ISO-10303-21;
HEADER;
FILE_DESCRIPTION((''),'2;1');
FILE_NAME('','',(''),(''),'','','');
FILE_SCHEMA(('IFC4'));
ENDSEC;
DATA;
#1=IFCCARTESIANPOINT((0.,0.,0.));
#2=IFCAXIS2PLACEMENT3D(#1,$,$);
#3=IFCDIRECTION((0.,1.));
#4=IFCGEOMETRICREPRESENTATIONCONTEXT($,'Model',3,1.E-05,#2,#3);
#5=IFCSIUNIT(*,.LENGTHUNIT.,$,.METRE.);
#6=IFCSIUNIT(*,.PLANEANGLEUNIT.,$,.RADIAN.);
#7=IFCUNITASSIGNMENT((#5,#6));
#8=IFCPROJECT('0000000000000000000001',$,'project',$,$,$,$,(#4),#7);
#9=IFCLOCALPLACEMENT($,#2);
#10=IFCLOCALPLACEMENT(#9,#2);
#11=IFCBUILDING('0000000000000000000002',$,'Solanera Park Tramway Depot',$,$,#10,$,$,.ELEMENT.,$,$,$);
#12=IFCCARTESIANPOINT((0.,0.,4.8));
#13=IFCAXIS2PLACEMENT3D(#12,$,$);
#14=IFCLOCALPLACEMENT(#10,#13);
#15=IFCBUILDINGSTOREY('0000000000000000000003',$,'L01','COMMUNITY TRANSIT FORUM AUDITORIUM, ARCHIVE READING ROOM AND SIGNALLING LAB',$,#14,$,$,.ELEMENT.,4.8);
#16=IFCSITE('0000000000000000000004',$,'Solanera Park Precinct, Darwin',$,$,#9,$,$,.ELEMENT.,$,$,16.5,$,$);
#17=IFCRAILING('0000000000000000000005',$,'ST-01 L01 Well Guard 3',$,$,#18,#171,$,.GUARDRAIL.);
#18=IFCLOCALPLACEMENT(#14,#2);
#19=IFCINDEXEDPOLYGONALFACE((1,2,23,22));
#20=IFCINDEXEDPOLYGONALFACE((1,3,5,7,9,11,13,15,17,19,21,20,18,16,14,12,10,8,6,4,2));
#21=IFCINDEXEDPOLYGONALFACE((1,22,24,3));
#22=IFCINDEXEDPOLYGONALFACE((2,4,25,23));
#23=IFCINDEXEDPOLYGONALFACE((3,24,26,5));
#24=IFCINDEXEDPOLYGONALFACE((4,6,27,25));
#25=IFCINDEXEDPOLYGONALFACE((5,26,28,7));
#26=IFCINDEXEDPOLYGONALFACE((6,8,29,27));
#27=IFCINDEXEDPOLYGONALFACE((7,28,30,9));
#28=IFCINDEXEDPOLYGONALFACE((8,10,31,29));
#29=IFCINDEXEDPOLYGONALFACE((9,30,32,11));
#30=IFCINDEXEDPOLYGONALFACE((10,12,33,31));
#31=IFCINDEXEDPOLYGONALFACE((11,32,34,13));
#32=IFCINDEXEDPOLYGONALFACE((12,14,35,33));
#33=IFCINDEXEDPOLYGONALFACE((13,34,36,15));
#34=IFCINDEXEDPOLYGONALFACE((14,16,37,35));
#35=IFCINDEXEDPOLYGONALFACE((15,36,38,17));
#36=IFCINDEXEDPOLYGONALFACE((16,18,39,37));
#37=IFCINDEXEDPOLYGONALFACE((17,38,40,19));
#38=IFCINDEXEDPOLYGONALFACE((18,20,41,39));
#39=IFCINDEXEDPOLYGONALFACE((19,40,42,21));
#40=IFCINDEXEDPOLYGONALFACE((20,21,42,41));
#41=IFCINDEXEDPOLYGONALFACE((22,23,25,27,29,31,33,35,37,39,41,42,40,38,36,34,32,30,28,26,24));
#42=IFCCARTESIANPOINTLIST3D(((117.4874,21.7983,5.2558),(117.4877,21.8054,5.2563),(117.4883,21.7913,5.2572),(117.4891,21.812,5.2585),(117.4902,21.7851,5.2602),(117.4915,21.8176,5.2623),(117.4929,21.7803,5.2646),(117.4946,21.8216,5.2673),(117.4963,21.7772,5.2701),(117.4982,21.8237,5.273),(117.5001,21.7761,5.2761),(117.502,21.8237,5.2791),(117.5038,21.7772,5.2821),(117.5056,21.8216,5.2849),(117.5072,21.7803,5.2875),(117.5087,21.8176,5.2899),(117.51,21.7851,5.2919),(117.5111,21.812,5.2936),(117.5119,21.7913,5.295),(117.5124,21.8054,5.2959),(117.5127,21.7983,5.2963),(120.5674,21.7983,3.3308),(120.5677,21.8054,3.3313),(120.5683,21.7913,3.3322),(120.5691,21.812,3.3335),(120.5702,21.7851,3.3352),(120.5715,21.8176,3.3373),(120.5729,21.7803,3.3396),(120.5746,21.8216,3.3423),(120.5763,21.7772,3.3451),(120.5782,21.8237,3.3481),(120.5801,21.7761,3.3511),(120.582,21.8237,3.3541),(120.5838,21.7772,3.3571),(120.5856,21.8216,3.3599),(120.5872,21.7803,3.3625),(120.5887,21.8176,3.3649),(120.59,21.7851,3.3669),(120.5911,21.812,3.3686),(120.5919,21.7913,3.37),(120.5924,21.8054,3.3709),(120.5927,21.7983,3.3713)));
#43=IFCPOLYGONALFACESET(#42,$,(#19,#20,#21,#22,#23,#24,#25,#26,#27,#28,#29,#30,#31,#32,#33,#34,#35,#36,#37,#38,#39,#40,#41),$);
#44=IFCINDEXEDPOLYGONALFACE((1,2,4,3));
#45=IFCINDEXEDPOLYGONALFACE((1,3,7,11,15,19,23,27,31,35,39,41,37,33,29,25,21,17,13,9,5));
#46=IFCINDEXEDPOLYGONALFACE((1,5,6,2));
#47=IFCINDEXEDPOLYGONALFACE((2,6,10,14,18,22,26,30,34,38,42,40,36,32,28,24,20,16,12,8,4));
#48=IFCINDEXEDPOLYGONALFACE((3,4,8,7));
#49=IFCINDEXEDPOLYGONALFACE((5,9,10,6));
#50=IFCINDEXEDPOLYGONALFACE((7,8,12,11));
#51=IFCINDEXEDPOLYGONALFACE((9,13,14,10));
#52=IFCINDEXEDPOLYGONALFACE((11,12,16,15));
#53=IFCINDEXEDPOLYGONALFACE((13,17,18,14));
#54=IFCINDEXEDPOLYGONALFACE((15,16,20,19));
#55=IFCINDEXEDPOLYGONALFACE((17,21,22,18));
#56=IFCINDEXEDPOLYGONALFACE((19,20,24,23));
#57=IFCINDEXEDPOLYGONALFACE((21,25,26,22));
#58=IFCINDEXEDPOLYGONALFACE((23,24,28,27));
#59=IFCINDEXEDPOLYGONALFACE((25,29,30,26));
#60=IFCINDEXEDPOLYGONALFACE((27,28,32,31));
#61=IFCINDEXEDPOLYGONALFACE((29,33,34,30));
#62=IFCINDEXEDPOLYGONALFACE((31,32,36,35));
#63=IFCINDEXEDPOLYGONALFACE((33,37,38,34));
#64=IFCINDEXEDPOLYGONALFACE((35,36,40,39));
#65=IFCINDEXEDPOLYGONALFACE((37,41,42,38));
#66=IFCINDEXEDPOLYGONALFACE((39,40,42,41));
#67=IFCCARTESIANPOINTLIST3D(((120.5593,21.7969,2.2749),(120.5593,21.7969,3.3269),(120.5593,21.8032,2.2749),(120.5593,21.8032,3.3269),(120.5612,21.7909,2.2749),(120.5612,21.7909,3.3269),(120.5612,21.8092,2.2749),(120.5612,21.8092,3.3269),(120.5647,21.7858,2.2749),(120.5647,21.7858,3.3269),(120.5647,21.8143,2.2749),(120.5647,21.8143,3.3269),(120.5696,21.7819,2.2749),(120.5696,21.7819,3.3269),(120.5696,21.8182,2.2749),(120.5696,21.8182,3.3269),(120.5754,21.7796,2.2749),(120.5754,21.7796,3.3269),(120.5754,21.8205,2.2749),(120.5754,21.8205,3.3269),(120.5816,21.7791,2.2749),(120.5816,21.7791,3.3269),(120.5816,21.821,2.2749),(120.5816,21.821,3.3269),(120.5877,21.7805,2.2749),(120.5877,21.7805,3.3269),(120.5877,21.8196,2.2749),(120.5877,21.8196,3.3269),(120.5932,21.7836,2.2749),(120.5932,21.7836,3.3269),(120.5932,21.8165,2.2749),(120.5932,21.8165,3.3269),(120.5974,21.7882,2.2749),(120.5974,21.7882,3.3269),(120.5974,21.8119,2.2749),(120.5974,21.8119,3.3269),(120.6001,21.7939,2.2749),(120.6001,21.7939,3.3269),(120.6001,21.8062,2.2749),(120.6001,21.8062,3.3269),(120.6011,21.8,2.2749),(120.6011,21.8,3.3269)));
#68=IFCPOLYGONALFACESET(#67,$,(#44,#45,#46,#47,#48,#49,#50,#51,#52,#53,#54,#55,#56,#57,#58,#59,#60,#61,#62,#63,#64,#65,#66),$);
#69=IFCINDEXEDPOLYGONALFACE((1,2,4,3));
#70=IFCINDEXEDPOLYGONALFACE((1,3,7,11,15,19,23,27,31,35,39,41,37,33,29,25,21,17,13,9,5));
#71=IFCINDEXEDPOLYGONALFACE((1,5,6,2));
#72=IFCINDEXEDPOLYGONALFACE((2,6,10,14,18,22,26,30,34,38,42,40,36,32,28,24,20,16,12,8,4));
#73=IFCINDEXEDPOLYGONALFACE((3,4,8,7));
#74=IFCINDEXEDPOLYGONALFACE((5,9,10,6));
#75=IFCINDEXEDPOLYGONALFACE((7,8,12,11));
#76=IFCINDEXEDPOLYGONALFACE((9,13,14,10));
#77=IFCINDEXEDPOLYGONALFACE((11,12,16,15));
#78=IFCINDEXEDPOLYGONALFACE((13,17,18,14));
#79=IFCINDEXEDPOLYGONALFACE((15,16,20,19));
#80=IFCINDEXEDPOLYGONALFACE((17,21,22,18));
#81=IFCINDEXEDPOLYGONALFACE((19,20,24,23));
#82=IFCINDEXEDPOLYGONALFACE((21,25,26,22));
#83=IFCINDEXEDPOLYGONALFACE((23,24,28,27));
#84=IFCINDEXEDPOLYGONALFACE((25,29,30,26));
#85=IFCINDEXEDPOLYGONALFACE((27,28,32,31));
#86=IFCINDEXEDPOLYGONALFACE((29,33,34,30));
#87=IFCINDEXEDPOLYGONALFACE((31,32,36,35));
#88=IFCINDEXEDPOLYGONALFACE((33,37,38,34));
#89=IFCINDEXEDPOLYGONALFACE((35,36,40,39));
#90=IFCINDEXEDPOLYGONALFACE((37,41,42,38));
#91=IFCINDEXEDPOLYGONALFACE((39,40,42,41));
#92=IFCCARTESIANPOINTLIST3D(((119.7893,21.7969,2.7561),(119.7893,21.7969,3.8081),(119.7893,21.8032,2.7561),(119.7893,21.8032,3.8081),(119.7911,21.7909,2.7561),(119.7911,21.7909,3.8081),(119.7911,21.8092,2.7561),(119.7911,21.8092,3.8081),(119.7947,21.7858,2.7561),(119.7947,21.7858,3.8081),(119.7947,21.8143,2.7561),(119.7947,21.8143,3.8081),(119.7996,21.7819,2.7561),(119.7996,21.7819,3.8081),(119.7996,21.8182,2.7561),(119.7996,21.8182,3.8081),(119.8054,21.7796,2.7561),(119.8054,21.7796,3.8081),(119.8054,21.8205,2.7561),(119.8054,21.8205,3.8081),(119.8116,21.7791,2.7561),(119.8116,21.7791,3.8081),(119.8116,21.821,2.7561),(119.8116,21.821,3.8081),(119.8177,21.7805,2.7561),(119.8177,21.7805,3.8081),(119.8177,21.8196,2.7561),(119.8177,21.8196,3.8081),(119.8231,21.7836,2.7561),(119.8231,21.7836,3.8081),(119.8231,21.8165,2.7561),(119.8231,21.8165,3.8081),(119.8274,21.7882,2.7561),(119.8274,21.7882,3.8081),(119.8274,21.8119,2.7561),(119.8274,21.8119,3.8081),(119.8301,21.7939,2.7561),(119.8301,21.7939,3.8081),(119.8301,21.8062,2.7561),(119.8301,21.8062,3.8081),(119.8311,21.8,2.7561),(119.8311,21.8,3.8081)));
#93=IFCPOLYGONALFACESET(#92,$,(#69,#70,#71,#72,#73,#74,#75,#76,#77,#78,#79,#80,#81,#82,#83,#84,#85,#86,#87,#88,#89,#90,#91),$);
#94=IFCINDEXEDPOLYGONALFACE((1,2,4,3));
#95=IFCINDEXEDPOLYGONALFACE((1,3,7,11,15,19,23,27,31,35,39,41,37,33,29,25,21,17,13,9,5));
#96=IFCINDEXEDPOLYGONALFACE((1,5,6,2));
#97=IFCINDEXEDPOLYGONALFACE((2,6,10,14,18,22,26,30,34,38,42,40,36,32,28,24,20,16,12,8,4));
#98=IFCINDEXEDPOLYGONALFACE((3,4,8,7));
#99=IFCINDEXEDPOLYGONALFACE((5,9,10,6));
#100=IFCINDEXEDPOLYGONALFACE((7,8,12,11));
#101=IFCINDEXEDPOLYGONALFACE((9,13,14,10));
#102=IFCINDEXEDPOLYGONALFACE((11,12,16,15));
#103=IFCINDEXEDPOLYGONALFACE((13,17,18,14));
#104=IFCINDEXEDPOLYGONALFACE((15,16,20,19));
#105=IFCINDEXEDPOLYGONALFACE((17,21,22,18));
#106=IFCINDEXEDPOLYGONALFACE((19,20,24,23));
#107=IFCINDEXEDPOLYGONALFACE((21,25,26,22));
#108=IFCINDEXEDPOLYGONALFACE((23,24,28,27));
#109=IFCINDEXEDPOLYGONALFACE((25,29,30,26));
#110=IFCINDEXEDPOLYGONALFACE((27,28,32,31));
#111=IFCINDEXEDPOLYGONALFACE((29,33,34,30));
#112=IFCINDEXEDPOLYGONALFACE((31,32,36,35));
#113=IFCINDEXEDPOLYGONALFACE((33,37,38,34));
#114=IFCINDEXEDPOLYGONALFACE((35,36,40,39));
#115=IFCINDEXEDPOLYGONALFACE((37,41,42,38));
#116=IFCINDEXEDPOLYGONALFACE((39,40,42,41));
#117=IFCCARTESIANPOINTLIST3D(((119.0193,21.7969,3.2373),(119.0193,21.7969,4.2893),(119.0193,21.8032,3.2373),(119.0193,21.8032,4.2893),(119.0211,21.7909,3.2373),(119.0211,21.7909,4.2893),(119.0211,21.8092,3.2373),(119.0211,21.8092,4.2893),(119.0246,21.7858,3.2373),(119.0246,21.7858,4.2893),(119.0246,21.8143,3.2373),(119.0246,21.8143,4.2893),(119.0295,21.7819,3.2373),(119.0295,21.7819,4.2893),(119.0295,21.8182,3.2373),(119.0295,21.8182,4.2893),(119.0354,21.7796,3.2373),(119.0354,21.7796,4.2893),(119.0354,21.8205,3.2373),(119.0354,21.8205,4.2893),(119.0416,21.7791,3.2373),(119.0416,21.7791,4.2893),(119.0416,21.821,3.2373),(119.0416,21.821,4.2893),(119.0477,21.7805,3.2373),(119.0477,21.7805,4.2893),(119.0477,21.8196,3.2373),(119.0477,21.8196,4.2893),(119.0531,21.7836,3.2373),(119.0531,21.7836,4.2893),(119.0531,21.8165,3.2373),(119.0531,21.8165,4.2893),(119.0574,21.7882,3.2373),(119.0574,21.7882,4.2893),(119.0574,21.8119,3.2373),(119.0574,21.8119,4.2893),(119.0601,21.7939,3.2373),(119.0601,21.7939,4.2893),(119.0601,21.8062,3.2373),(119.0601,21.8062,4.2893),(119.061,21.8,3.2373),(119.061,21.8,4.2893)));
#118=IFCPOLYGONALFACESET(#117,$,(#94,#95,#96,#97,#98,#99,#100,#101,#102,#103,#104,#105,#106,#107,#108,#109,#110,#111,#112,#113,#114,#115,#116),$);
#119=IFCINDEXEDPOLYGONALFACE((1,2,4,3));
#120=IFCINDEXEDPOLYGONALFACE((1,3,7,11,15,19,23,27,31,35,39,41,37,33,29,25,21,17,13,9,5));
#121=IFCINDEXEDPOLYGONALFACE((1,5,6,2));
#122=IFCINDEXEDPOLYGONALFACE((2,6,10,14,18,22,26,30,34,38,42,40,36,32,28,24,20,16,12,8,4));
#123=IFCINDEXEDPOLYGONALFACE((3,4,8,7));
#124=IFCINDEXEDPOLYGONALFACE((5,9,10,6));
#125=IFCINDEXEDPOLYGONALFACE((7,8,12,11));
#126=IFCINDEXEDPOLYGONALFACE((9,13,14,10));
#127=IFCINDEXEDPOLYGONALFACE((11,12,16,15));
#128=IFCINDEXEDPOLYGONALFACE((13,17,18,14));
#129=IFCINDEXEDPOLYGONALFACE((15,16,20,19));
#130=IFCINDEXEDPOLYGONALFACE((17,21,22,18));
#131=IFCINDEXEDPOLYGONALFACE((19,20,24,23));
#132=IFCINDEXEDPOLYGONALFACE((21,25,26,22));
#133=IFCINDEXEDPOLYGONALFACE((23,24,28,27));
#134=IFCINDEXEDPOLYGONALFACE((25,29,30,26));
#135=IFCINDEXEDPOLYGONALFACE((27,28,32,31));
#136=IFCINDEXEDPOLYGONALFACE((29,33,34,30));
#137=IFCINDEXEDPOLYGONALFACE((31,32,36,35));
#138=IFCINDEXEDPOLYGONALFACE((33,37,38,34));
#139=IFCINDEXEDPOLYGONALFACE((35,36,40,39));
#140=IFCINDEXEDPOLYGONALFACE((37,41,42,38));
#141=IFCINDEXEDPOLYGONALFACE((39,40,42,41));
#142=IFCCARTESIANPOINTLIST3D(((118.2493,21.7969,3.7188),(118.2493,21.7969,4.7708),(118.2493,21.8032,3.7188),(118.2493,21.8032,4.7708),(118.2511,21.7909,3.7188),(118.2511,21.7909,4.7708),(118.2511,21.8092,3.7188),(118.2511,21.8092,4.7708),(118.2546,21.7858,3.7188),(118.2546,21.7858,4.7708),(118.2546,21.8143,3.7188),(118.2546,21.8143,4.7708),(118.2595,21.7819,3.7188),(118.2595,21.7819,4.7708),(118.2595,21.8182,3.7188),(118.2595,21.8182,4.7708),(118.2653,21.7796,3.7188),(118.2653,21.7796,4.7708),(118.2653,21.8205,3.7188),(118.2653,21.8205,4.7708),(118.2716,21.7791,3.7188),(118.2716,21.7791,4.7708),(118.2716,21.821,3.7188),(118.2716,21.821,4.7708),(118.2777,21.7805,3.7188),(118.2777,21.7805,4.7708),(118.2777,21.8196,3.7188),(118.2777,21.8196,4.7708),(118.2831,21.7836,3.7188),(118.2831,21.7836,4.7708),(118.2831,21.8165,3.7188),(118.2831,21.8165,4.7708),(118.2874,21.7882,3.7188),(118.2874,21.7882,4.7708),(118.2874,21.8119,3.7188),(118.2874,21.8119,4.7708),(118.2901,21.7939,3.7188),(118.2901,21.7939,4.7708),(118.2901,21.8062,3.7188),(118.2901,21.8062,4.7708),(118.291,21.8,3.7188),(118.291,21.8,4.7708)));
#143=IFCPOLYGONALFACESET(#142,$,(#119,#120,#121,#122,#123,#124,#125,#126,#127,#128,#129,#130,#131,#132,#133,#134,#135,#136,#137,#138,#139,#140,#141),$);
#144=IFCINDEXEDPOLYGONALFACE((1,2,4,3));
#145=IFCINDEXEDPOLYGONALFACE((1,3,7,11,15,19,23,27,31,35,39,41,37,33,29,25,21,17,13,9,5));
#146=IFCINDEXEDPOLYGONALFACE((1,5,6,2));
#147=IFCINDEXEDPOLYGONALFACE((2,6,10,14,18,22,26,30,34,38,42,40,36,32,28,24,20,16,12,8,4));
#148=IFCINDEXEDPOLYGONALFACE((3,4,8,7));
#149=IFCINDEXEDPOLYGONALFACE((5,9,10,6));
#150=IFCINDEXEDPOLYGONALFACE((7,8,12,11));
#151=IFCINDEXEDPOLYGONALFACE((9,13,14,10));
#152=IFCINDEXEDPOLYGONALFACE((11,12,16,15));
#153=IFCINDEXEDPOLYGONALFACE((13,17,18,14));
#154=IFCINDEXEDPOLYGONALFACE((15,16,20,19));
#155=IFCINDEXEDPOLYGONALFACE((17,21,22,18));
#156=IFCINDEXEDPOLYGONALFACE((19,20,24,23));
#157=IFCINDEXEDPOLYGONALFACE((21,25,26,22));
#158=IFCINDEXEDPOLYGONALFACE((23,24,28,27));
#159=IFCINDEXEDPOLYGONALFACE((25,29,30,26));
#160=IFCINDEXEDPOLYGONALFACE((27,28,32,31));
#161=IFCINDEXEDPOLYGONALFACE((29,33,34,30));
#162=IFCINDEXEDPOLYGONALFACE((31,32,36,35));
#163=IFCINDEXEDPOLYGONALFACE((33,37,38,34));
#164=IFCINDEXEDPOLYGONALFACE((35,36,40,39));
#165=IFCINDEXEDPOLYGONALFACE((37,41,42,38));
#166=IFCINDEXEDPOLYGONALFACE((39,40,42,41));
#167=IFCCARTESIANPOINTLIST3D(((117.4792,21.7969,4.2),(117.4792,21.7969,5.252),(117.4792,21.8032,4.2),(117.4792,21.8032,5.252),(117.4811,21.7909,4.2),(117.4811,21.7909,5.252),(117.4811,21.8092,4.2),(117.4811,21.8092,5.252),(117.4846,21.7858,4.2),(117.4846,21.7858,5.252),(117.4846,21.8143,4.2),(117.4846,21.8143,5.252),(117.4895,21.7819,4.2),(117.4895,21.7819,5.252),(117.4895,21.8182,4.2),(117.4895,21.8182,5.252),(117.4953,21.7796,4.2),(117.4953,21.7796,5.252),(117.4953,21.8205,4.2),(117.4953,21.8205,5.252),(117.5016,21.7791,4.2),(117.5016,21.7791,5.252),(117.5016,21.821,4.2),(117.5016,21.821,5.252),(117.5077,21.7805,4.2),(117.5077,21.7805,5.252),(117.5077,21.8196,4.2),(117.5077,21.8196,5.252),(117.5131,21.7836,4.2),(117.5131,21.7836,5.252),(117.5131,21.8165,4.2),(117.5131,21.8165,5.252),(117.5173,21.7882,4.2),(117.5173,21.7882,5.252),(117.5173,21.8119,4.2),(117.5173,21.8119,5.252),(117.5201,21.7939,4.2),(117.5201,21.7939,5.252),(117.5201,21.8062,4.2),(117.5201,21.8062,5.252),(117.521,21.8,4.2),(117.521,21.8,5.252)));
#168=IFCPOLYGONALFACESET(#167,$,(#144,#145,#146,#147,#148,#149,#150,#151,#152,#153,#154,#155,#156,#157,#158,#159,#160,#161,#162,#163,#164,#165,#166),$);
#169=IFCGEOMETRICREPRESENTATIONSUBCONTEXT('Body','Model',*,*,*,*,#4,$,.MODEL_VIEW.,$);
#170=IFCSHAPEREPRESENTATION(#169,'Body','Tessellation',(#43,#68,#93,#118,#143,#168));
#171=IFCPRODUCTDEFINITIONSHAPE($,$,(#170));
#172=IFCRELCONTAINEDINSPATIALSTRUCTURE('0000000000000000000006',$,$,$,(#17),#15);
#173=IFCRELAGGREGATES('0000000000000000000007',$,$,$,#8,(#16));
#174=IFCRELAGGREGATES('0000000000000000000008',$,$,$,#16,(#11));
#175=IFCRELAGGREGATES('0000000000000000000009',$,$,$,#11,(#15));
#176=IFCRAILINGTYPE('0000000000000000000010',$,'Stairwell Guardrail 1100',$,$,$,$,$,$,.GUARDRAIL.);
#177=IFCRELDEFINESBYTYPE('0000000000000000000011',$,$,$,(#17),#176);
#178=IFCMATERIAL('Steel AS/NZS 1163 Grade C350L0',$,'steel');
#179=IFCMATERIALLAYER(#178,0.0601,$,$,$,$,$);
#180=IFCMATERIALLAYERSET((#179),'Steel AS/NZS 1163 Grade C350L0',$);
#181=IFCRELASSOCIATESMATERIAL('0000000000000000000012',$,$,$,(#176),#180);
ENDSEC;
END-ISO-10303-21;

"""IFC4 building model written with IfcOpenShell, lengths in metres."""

from ifc_helpers import new_model, si_unit, direction, frame, origin, origin_2d, place, context, subcontext, project, spatial, circle, extrude, material, layer, layer_set, type_object, element, save


model = new_model("IFC4")

# Units and contexts
model_context = context("Model", 3, precision=1e-05, world=origin(), true_north=direction((0.0, 1.0)))
body_context = subcontext(model_context, "Body", "Model", "MODEL_VIEW")
ifc_project = project(units=[si_unit("LENGTHUNIT", "METRE"), si_unit("PLANEANGLEUNIT", "RADIAN")], contexts=[model_context])

# Site, building, storey
site_placement = place(None, origin())
site = spatial("IfcSite", under=ifc_project, at=site_placement, Name="Solanera Park Precinct, Darwin", CompositionType="ELEMENT", RefElevation=16.5)
building_placement = place(site_placement, origin())
building = spatial("IfcBuilding", under=site, at=building_placement, Name="Solanera Park Tramway Depot", CompositionType="ELEMENT")
storey_placement = place(building_placement, frame((0.0, 0.0, 4.8)))
storey = spatial("IfcBuildingStorey", under=building, at=storey_placement, Name="L01", Description="COMMUNITY TRANSIT FORUM AUDITORIUM, ARCHIVE READING ROOM AND SIGNALLING LAB", CompositionType="ELEMENT", Elevation=4.8)

# Railing
ifc_material_1 = material(Name="Steel AS/NZS 1163 Grade C350L0", Category="steel")
ifc_layer_1 = layer(ifc_material_1, 0.0601)
ifc_layer_set_1 = layer_set([ifc_layer_1], Name="Steel AS/NZS 1163 Grade C350L0")
railing_type_1 = type_object("IfcRailingType", Name="Stairwell Guardrail 1100", PredefinedType="GUARDRAIL", material=ifc_layer_set_1)
railing_1_placement = place(storey_placement, frame((120.5801, 21.8, 2.2749)))
element("IfcRailing", 1, at=railing_1_placement, inside=storey, type_object=railing_type_1, Name="ST-01 L01 Well Guard 3", PredefinedType="GUARDRAIL", context=body_context, shape_type="SweptSolid", body=[
    extrude(circle(Radius=0.0239, at=origin_2d()), frame((0.0, 0.0, 1.0762), z_axis=(-0.847998, 0.0, 0.529999), x_axis=(0.0, -1.0, 0.0)), (0.0, 0.0, 1.0), 3.6321),
    extrude(circle(Radius=0.021, at=origin_2d()), origin(), (0.0, 0.0, 1.0), 1.052),
    extrude(circle(Radius=0.021, at=origin_2d()), frame((-0.77, 0.0, 0.4812)), (0.0, 0.0, 1.0), 1.052),
    extrude(circle(Radius=0.021, at=origin_2d()), frame((-1.54, 0.0, 0.9624)), (0.0, 0.0, 1.0), 1.052),
    extrude(circle(Radius=0.021, at=origin_2d()), frame((-2.3101, 0.0, 1.4438)), (0.0, 0.0, 1.0), 1.052),
    extrude(circle(Radius=0.021, at=origin_2d()), frame((-3.0801, 0.0, 1.925)), (0.0, 0.0, 1.0), 1.052),
])

save(model, "model.ifc")
